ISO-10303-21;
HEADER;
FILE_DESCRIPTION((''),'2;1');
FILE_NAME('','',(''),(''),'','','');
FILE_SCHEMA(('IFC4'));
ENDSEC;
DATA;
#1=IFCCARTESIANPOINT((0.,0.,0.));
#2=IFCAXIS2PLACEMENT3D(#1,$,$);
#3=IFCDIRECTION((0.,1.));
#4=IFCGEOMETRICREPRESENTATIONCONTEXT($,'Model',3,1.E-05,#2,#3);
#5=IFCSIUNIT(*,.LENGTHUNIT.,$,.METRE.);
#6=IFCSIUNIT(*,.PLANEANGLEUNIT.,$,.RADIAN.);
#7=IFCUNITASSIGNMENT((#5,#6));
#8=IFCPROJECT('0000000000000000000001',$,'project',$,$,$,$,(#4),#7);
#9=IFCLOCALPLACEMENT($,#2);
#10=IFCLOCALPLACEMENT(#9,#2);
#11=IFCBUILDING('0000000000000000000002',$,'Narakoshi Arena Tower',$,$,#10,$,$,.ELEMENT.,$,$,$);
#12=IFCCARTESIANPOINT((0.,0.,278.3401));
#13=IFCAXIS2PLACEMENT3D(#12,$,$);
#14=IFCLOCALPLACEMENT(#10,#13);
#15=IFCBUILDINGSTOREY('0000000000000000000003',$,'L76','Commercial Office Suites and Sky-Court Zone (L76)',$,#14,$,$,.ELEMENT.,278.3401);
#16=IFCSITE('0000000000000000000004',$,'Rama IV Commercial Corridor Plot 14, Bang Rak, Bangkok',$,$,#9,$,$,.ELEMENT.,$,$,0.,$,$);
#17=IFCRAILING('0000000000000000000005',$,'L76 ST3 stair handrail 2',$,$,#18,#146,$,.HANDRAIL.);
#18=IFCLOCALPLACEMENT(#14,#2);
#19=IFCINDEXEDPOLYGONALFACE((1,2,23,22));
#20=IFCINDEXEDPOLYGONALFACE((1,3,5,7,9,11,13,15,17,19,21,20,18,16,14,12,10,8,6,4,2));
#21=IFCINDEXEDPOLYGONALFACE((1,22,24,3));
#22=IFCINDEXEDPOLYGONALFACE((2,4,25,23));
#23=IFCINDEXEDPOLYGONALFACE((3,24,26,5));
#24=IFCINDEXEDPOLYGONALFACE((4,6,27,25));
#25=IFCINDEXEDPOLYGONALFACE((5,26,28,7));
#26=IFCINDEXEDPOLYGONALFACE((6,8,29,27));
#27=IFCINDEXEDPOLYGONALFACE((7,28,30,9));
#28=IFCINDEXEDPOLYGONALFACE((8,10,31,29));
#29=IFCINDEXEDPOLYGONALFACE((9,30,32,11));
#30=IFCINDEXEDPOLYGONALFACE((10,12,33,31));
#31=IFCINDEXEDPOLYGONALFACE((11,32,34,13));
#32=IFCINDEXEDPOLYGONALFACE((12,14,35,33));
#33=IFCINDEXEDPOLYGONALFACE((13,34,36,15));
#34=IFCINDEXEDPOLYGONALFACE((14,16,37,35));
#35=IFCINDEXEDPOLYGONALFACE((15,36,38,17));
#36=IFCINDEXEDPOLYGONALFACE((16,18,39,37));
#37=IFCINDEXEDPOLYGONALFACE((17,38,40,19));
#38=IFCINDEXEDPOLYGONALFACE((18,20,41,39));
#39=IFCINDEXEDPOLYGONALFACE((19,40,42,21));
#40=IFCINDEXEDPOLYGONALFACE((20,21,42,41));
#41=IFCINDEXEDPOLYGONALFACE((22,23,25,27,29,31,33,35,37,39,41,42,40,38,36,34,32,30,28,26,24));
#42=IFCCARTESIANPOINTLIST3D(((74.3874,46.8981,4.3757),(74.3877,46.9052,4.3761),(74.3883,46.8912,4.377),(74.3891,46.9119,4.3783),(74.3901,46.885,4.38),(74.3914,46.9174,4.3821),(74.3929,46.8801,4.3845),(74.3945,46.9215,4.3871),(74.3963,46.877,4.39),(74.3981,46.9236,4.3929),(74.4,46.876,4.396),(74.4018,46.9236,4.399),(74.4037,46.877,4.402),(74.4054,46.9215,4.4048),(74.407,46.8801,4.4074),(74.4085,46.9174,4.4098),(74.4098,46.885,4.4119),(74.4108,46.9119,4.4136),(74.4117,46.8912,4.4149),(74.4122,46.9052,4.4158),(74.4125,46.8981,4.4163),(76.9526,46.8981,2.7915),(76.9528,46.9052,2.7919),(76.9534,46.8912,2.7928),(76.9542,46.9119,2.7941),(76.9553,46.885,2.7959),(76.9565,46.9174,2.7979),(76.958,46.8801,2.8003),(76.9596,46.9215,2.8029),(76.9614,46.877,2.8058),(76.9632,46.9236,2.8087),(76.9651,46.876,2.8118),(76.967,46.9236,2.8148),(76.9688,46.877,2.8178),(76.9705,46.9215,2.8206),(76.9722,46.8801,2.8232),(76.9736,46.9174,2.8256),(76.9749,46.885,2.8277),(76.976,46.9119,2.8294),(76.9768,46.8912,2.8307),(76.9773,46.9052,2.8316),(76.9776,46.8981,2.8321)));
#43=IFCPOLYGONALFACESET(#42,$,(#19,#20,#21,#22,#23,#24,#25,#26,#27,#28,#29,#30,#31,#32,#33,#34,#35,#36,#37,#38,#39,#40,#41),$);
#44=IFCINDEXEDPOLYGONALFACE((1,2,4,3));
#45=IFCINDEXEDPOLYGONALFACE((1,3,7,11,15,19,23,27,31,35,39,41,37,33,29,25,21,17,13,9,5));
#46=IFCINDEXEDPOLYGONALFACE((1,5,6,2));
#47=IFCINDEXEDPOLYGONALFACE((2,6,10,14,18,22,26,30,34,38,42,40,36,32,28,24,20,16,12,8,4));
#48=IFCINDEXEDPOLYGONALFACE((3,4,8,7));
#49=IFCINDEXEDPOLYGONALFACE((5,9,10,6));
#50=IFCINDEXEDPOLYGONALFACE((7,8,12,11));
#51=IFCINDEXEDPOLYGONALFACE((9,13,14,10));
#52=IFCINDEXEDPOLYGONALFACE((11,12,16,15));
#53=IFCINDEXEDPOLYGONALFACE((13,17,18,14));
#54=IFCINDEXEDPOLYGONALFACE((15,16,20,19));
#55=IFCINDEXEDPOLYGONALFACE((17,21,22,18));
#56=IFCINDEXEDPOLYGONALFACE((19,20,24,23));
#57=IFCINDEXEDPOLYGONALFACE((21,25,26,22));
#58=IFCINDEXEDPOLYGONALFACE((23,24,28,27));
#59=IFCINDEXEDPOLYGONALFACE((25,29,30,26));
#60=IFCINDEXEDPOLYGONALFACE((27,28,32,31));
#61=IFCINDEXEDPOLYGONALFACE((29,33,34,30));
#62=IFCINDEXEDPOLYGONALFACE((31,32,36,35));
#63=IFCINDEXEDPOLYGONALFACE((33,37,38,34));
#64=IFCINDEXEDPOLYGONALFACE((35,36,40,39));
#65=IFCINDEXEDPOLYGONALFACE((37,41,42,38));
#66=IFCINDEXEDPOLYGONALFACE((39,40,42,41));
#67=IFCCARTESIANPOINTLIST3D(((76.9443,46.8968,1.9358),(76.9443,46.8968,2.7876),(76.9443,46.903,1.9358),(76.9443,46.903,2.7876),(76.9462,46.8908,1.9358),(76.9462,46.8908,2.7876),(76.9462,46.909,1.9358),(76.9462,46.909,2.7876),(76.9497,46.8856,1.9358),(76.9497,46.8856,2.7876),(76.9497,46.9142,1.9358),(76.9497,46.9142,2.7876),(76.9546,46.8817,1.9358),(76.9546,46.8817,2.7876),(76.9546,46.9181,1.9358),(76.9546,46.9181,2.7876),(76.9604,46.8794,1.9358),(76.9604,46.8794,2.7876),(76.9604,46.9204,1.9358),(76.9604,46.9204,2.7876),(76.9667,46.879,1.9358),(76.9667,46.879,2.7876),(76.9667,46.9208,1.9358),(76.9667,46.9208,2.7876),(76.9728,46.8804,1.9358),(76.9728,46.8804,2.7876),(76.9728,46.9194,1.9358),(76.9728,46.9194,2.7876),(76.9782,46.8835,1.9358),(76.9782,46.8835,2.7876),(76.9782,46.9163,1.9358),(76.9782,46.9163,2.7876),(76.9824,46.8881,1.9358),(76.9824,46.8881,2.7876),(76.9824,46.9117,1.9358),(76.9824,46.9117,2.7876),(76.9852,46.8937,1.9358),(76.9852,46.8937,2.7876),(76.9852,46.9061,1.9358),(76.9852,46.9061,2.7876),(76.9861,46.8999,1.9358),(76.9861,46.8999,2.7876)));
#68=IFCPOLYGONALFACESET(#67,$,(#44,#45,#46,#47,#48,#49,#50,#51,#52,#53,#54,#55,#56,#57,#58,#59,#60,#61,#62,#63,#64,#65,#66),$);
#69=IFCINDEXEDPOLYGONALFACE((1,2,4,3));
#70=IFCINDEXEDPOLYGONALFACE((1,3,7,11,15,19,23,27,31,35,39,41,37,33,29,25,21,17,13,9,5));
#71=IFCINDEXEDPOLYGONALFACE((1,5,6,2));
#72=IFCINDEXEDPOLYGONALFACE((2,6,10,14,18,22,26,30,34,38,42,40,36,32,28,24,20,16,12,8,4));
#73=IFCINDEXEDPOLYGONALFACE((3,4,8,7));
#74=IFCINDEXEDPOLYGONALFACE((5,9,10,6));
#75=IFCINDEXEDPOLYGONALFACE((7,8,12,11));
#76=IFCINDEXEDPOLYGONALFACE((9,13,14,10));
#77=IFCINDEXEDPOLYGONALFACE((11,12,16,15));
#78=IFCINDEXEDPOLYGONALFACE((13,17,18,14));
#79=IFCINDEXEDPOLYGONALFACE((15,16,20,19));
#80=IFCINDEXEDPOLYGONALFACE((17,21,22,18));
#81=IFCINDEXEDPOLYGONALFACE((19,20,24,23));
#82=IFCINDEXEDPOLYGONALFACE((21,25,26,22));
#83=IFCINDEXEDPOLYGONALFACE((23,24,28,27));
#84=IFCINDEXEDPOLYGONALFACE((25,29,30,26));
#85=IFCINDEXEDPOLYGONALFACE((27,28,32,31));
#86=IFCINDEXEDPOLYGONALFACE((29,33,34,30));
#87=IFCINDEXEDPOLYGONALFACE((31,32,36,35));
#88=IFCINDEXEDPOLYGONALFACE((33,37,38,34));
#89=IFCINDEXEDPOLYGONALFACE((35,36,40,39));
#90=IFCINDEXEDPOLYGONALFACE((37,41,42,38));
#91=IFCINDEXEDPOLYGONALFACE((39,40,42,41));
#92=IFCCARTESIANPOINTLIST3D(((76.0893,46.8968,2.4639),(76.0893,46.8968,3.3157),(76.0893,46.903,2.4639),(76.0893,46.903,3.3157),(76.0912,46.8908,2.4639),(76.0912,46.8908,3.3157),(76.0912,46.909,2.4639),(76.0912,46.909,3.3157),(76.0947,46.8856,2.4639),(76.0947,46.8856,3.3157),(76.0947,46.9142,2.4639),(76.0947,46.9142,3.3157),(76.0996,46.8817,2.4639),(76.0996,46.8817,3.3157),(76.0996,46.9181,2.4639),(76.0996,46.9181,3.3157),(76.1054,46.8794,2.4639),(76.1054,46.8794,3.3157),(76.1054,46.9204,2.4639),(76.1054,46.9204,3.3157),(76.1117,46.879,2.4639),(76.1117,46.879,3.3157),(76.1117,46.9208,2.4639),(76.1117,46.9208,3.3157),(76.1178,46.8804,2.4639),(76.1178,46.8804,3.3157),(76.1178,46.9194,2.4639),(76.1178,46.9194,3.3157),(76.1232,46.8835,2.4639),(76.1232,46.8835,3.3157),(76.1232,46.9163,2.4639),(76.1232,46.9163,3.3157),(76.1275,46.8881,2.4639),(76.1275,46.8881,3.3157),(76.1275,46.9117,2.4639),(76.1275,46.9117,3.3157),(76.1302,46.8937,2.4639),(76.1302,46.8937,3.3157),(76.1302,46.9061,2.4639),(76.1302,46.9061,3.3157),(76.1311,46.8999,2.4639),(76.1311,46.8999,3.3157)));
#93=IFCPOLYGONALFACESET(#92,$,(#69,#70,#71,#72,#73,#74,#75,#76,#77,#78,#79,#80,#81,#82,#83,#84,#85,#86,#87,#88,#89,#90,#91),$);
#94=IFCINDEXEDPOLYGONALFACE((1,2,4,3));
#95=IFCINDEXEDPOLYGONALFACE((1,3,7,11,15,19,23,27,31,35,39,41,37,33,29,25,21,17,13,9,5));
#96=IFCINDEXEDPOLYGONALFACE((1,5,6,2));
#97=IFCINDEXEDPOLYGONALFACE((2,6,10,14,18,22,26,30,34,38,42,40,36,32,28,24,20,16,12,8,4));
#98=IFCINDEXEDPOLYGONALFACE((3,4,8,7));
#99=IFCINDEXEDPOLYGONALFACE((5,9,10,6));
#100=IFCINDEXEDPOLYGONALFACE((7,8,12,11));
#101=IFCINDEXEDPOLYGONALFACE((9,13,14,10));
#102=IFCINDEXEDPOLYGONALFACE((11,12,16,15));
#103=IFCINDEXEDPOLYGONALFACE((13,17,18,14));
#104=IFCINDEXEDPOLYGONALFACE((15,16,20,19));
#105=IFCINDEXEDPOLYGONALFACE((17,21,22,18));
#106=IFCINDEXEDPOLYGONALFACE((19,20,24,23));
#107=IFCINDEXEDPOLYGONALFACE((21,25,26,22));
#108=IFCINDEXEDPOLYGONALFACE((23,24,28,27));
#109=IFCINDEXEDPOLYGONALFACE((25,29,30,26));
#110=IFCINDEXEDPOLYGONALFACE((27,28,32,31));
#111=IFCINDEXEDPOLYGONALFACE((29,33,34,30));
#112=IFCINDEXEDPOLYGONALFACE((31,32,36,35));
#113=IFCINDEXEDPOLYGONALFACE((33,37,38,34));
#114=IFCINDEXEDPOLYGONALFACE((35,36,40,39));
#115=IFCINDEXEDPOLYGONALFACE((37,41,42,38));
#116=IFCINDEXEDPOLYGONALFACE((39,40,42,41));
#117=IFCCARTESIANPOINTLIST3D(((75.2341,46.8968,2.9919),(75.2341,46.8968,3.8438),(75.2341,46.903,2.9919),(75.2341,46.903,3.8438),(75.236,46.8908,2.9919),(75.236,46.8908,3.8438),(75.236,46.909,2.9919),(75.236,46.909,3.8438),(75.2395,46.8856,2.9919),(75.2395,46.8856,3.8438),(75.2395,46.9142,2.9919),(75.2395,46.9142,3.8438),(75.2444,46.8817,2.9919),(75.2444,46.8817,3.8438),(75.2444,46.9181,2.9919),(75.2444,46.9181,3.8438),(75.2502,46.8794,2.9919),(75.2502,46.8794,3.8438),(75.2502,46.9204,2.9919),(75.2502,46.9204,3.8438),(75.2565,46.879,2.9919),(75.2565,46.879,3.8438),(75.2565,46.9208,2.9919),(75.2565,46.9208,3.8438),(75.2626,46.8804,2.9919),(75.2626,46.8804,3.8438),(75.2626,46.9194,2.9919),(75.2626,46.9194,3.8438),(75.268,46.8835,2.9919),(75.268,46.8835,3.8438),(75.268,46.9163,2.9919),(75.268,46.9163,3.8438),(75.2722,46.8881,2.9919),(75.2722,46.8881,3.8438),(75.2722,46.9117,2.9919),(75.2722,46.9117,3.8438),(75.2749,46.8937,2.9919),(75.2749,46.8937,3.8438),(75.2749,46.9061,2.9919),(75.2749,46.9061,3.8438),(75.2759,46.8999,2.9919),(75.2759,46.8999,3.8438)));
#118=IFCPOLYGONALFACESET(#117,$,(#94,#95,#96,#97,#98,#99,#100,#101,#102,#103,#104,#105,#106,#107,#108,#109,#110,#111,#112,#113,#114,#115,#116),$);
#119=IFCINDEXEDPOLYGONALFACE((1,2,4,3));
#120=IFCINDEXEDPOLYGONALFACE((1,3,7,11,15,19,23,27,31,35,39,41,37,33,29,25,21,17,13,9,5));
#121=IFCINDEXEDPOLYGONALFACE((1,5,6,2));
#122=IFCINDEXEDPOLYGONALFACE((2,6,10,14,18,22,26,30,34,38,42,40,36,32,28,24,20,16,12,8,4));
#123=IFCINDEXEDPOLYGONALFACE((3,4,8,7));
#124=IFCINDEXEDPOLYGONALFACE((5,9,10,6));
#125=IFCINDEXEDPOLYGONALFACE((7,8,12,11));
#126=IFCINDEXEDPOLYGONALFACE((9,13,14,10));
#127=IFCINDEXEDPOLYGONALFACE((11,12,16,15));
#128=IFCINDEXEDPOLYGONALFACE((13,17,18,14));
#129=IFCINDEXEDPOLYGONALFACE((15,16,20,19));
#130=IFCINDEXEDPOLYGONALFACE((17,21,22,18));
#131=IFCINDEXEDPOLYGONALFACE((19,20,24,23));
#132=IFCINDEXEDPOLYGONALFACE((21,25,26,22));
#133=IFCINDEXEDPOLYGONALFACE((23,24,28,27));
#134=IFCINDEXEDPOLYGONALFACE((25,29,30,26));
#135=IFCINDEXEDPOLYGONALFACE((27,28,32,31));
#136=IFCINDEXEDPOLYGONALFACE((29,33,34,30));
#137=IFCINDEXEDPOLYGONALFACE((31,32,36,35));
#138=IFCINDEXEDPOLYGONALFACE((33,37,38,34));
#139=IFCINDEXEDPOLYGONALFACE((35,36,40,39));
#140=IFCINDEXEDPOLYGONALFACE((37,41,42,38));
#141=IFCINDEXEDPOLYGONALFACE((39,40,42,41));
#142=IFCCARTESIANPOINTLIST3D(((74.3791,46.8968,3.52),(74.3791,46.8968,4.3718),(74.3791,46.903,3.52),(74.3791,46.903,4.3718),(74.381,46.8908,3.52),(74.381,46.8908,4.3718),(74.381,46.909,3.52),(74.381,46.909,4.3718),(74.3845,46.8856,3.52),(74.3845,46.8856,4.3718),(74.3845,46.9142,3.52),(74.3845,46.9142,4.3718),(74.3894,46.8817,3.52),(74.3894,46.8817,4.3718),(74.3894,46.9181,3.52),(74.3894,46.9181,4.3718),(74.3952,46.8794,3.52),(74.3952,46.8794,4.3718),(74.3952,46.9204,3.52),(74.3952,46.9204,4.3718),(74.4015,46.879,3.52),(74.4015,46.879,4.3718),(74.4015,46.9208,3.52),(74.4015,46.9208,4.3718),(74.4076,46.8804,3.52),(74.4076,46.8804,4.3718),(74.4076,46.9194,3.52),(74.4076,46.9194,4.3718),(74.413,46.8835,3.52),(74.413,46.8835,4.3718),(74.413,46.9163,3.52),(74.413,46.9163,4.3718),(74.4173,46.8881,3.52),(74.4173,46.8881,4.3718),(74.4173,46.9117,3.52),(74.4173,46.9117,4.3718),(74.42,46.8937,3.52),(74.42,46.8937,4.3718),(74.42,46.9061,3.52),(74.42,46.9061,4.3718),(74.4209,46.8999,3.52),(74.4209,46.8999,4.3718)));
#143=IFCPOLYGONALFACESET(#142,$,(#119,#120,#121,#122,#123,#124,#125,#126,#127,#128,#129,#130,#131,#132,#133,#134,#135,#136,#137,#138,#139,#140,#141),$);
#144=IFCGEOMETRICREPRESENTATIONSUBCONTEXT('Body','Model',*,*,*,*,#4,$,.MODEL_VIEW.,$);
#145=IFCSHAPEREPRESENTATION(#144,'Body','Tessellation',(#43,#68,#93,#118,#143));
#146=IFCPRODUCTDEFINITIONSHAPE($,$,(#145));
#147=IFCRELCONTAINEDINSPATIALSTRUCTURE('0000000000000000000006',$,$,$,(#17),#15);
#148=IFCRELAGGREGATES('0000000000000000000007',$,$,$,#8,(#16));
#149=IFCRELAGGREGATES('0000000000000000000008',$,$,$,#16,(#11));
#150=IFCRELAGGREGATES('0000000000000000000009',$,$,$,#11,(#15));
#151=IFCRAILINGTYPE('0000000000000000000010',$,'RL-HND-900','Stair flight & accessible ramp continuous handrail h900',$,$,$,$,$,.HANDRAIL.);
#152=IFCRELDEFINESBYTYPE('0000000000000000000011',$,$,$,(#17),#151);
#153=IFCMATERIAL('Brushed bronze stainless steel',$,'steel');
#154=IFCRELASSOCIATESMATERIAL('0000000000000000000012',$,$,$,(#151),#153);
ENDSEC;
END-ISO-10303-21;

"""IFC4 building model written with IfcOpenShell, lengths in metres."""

from ifc_helpers import new_model, si_unit, direction, frame, origin, origin_2d, place, context, subcontext, project, spatial, circle, extrude, material, type_object, element, save


model = new_model("IFC4")

# Units and contexts
model_context = context("Model", 3, precision=1e-05, world=origin(), true_north=direction((0.0, 1.0)))
body_context = subcontext(model_context, "Body", "Model", "MODEL_VIEW")
ifc_project = project(units=[si_unit("LENGTHUNIT", "METRE"), si_unit("PLANEANGLEUNIT", "RADIAN")], contexts=[model_context])

# Site, building, storey
site_placement = place(None, origin())
site = spatial("IfcSite", under=ifc_project, at=site_placement, Name="Rama IV Commercial Corridor Plot 14, Bang Rak, Bangkok", CompositionType="ELEMENT", RefElevation=0.0)
building_placement = place(site_placement, origin())
building = spatial("IfcBuilding", under=site, at=building_placement, Name="Narakoshi Arena Tower", CompositionType="ELEMENT")
storey_placement = place(building_placement, frame((0.0, 0.0, 278.3401)))
storey = spatial("IfcBuildingStorey", under=building, at=storey_placement, Name="L76", Description="Commercial Office Suites and Sky-Court Zone (L76)", CompositionType="ELEMENT", Elevation=278.3401)

# Shared definitions
ifc_material_1 = material(Name="Brushed bronze stainless steel", Category="steel")

# Railing
railing_type = type_object("IfcRailingType", Name="RL-HND-900", Description="Stair flight & accessible ramp continuous handrail h900", PredefinedType="HANDRAIL", material=ifc_material_1)
railing_placement = place(storey_placement, frame((76.9651, 46.8999, 1.9358)))
element("IfcRailing", 1, at=railing_placement, inside=storey, type_object=railing_type, Name="L76 ST3 stair handrail 2", PredefinedType="HANDRAIL", context=body_context, shape_type="SweptSolid", body=[
    extrude(circle(Radius=0.0239, at=origin_2d()), frame((0.0, 0.0, 0.876), z_axis=(-0.85082, 0.0, 0.525457), x_axis=(0.0, -1.0, 0.0)), (0.0, 0.0, 1.0), 3.0149),
    extrude(circle(Radius=0.021, at=origin_2d()), origin(), (0.0, 0.0, 1.0), 0.8518),
    extrude(circle(Radius=0.021, at=origin_2d()), frame((-0.855, 0.0, 0.5281)), (0.0, 0.0, 1.0), 0.8518),
    extrude(circle(Radius=0.021, at=origin_2d()), frame((-1.7102, 0.0, 1.0562)), (0.0, 0.0, 1.0), 0.8518),
    extrude(circle(Radius=0.021, at=origin_2d()), frame((-2.5652, 0.0, 1.5842)), (0.0, 0.0, 1.0), 0.8518),
])

save(model, "model.ifc")
